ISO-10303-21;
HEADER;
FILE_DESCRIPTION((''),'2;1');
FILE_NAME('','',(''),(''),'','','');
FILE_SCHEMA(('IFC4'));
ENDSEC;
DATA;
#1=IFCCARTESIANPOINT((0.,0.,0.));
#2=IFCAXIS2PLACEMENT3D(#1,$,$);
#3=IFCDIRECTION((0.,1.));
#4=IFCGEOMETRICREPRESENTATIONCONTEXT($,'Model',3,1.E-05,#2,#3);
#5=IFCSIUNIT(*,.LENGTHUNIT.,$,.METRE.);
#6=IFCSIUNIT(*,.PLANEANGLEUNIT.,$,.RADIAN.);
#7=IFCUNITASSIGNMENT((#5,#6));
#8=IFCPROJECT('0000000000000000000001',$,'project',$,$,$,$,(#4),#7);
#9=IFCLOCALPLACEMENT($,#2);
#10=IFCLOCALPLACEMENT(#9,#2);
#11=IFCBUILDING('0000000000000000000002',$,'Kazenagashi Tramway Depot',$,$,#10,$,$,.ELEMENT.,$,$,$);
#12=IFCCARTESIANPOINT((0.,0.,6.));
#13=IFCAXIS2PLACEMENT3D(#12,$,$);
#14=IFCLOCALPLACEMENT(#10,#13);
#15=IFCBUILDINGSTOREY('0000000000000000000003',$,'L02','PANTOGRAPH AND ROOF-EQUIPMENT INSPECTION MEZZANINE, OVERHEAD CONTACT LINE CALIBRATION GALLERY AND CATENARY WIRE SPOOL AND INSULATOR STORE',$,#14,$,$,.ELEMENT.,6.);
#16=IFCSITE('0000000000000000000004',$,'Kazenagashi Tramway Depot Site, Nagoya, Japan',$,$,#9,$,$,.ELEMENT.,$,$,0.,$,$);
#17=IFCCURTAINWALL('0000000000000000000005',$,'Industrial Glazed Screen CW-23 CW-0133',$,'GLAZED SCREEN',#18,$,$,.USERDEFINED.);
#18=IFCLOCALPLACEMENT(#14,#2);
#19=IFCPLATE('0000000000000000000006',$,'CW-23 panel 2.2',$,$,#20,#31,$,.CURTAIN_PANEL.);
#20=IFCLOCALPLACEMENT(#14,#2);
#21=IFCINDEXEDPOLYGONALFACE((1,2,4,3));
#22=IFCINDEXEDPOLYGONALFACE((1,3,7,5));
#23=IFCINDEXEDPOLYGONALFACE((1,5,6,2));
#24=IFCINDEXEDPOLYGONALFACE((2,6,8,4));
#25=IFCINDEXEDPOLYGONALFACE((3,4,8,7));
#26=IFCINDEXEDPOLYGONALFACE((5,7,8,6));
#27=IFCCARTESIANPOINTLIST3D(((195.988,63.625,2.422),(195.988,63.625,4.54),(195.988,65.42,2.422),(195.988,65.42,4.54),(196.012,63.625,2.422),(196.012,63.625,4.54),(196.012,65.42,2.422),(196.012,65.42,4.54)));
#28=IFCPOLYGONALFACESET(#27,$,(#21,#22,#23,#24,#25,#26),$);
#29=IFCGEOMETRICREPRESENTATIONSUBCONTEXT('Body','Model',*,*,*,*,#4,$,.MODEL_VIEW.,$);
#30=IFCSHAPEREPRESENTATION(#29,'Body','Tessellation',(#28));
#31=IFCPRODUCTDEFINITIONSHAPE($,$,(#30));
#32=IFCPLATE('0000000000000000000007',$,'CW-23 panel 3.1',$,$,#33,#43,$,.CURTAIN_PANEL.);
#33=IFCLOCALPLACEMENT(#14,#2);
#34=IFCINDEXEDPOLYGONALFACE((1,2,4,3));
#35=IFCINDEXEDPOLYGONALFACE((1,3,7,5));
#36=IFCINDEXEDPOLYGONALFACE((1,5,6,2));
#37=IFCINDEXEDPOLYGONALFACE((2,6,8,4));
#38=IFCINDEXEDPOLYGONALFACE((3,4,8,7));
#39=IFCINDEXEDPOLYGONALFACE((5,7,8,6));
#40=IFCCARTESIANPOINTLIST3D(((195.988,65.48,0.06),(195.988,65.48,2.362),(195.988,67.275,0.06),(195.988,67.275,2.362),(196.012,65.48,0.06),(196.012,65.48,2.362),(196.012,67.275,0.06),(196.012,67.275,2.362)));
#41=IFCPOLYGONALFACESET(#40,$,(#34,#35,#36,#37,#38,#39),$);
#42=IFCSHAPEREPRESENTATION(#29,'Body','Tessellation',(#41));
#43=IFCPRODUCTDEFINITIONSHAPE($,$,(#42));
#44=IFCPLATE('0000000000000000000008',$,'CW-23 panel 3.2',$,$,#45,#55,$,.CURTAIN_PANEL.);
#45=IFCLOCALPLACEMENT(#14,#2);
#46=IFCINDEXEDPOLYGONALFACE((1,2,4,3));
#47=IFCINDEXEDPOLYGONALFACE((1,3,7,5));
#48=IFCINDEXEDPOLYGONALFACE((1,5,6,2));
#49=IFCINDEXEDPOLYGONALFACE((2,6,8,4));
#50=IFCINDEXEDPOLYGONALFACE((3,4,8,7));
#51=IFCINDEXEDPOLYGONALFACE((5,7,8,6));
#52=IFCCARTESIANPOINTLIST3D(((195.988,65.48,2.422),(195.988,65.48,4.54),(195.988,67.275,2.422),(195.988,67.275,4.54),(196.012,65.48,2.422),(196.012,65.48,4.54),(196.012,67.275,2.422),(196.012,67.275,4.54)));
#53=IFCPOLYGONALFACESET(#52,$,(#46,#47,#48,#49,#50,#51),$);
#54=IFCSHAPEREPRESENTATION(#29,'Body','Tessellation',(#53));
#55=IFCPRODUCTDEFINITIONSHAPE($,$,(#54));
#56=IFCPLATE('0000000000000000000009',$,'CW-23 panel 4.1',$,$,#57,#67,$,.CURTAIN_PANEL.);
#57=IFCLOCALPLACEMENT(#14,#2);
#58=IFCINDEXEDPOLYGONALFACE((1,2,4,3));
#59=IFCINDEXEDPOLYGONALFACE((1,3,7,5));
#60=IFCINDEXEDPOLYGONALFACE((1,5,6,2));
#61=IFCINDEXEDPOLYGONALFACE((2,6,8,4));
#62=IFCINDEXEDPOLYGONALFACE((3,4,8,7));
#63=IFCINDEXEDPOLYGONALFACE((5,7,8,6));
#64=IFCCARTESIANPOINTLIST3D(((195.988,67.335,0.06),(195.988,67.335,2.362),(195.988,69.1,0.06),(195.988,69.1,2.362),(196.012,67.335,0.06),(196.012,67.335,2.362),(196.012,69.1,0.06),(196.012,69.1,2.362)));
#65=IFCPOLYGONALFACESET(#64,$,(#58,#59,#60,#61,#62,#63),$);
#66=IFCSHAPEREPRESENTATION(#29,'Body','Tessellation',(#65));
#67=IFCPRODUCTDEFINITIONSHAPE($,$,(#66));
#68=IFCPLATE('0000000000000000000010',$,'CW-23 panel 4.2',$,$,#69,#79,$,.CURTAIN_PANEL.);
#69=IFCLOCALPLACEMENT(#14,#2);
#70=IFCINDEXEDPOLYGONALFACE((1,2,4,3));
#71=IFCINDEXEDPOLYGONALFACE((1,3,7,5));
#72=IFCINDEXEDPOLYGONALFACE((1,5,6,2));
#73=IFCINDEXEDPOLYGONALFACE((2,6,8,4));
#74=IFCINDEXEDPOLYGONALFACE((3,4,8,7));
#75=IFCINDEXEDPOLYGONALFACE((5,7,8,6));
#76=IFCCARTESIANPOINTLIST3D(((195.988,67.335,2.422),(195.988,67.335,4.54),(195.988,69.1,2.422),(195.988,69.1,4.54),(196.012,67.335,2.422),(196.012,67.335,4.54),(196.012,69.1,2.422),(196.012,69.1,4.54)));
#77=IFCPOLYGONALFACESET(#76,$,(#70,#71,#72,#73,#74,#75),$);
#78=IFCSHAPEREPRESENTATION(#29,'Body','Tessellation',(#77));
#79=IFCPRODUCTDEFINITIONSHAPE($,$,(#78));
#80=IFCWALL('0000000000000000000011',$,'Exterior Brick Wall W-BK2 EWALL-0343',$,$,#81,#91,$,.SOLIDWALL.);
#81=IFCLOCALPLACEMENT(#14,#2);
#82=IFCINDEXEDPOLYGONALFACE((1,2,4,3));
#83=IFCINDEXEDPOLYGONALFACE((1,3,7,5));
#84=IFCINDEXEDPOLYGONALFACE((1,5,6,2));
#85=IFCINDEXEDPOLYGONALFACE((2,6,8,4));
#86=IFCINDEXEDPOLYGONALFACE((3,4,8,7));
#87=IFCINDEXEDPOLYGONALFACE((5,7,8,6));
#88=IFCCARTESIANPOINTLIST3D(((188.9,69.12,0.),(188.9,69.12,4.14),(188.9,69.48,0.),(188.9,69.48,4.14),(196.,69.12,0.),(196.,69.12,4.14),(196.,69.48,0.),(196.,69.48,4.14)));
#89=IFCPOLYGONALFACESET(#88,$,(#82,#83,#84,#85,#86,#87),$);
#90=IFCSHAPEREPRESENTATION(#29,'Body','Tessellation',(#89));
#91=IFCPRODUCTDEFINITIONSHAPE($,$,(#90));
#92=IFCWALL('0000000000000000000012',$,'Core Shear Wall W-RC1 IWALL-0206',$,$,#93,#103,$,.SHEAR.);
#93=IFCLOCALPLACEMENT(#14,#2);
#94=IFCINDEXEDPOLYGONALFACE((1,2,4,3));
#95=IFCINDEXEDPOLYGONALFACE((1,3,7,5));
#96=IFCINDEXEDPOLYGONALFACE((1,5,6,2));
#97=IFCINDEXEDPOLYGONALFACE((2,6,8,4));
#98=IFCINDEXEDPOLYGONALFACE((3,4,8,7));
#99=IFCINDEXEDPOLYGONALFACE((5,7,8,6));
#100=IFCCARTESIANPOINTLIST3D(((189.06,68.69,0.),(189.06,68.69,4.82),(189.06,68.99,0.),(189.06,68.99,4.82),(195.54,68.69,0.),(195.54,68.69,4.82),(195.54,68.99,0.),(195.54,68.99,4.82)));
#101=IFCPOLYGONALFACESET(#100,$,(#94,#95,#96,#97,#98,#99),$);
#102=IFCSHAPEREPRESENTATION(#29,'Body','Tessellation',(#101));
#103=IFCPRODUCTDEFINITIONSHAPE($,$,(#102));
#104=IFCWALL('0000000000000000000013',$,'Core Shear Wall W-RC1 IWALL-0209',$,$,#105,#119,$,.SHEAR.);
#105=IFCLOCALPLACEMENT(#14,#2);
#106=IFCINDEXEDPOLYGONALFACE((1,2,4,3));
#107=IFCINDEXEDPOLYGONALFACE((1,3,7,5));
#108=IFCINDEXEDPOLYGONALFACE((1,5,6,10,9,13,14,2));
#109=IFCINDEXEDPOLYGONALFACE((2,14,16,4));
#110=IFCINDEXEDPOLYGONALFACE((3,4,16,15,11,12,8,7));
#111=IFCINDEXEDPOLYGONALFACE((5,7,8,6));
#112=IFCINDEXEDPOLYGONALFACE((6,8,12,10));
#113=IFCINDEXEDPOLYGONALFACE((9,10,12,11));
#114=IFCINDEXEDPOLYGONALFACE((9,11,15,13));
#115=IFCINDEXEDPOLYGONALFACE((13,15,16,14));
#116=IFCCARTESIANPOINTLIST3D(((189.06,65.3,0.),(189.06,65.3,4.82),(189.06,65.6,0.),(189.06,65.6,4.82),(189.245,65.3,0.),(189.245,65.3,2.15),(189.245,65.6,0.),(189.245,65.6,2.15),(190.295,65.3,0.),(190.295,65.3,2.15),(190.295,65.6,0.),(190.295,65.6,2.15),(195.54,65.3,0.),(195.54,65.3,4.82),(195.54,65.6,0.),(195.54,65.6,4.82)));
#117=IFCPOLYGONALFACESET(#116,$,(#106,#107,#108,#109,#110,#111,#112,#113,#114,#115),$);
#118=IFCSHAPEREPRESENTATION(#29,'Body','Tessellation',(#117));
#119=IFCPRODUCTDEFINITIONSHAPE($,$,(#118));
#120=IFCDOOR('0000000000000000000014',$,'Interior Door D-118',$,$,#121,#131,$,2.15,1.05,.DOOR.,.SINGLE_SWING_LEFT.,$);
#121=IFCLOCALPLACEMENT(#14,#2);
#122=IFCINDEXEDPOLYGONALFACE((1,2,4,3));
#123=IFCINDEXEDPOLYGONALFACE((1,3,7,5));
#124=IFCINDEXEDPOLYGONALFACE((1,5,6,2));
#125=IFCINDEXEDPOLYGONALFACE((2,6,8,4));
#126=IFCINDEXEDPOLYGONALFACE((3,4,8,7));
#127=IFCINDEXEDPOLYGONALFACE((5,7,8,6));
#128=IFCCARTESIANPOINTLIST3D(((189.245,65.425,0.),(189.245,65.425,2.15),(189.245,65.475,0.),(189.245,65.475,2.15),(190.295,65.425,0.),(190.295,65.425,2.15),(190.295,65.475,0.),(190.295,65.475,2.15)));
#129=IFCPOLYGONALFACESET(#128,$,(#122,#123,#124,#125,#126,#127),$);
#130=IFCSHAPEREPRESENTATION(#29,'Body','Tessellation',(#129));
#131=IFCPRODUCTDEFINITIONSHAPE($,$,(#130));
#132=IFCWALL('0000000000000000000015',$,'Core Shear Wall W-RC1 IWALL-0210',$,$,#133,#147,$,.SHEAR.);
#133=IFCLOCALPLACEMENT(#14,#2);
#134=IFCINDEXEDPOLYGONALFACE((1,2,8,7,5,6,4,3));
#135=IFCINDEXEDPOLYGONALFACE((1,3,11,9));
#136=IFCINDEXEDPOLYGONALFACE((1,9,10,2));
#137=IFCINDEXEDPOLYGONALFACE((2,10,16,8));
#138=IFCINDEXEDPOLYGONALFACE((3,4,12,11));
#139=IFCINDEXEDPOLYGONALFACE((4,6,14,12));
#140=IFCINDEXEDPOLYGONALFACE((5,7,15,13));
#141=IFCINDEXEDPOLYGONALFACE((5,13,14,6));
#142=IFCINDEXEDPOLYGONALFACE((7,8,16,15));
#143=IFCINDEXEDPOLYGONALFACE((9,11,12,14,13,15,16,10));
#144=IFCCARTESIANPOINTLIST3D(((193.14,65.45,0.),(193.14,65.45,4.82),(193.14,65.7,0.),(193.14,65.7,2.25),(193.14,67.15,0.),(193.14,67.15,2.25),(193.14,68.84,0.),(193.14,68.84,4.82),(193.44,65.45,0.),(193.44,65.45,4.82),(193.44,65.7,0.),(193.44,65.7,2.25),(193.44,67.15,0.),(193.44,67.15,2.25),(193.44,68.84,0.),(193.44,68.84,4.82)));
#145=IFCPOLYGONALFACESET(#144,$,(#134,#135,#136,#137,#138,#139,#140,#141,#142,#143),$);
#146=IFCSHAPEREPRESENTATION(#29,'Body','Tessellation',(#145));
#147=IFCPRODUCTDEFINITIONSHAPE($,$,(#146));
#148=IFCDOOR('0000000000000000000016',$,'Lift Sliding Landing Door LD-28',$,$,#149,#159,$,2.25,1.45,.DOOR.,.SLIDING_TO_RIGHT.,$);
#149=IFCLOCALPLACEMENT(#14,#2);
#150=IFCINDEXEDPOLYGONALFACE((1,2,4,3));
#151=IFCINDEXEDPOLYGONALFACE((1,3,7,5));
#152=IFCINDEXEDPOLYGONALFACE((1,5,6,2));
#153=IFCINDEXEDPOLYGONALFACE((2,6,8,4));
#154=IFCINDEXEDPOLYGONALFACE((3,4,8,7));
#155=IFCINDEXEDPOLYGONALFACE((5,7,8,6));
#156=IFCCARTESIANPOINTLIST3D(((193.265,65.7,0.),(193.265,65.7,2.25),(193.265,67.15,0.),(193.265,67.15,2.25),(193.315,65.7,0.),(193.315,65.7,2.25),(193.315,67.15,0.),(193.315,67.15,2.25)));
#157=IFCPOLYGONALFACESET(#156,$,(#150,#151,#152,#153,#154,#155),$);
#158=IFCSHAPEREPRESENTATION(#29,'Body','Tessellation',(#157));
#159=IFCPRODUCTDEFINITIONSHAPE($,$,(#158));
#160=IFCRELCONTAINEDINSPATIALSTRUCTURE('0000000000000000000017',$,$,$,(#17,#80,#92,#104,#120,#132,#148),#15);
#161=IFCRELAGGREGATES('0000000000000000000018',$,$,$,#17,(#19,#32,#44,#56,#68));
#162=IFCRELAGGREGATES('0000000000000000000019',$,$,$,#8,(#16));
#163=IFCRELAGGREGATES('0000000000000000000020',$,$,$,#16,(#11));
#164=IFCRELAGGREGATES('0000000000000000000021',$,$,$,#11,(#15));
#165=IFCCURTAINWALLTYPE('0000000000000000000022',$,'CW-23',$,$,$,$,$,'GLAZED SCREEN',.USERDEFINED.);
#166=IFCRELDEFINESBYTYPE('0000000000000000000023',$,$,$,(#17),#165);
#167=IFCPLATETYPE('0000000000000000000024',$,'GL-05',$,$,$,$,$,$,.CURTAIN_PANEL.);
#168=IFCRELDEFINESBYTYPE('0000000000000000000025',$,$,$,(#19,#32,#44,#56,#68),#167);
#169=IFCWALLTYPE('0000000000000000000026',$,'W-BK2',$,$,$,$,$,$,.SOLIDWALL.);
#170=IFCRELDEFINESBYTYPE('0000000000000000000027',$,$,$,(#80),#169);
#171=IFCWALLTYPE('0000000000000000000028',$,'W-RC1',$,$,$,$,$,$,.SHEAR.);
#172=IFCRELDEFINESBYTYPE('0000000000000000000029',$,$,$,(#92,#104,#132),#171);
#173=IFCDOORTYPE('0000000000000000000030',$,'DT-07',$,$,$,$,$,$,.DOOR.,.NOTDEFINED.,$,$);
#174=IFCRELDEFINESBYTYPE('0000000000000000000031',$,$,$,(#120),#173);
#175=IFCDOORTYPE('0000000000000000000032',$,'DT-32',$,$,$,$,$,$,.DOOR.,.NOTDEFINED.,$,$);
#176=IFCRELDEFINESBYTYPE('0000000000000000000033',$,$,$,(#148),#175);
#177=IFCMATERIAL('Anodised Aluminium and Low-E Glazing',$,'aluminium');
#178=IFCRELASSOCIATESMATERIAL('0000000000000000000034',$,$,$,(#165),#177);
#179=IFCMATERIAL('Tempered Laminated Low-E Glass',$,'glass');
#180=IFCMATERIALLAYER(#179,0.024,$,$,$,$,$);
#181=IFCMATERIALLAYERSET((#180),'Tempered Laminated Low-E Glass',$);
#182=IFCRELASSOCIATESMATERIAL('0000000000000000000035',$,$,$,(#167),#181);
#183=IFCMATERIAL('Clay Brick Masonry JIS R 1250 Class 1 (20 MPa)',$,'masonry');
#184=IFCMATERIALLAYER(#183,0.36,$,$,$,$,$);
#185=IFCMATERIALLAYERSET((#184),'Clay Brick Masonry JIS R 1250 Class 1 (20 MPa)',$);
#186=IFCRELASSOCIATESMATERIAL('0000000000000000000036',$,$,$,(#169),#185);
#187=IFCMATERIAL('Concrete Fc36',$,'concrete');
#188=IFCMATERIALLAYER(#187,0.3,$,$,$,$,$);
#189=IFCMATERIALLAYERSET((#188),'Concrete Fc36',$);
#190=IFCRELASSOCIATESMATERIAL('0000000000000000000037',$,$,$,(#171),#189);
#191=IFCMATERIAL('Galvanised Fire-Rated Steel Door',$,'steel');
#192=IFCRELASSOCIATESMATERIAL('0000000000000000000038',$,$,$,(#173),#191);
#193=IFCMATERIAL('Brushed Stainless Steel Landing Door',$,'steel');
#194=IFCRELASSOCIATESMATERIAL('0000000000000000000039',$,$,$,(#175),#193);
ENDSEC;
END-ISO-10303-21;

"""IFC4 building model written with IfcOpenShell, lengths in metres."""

from ifc_helpers import new_model, si_unit, direction, frame, frame_2d, origin, origin_2d, place, context, subcontext, project, spatial, rectangle, extrude, material, layer, layer_set, type_object, element, fill, aggregate, save


model = new_model("IFC4")

# Units and contexts
model_context = context("Model", 3, precision=1e-05, world=origin(), true_north=direction((0.0, 1.0)))
body_context = subcontext(model_context, "Body", "Model", "MODEL_VIEW")
ifc_project = project(units=[si_unit("LENGTHUNIT", "METRE"), si_unit("PLANEANGLEUNIT", "RADIAN")], contexts=[model_context])

# Site, building, storey
site_placement = place(None, origin())
site = spatial("IfcSite", under=ifc_project, at=site_placement, Name="Kazenagashi Tramway Depot Site, Nagoya, Japan", CompositionType="ELEMENT", RefElevation=0.0)
building_placement = place(site_placement, origin())
building = spatial("IfcBuilding", under=site, at=building_placement, Name="Kazenagashi Tramway Depot", CompositionType="ELEMENT")
storey_placement = place(building_placement, frame((0.0, 0.0, 6.0)))
storey = spatial("IfcBuildingStorey", under=building, at=storey_placement, Name="L02", Description="PANTOGRAPH AND ROOF-EQUIPMENT INSPECTION MEZZANINE, OVERHEAD CONTACT LINE CALIBRATION GALLERY AND CATENARY WIRE SPOOL AND INSULATOR STORE", CompositionType="ELEMENT", Elevation=6.0)

# Shared definitions
ifc_material_1 = material(Name="Anodised Aluminium and Low-E Glazing", Category="aluminium")

# Curtain wall
curtain_wall_type_1 = type_object("IfcCurtainWallType", Name="CW-23", ElementType="GLAZED SCREEN", PredefinedType="USERDEFINED", material=ifc_material_1)
curtain_wall_1_placement = place(storey_placement, origin())
curtain_wall_1 = element("IfcCurtainWall", 1, at=curtain_wall_1_placement, inside=storey, type_object=curtain_wall_type_1, Name="Industrial Glazed Screen CW-23 CW-0133", ObjectType="GLAZED SCREEN", PredefinedType="USERDEFINED")

# Plates
ifc_material_2 = material(Name="Tempered Laminated Low-E Glass", Category="glass")
ifc_layer_1 = layer(ifc_material_2, 0.024)
ifc_layer_set_1 = layer_set([ifc_layer_1], Name="Tempered Laminated Low-E Glass")
plate_type = type_object("IfcPlateType", Name="GL-05", PredefinedType="CURTAIN_PANEL", material=ifc_layer_set_1)
plate_1_placement = place(storey_placement, frame((196.0, 64.5225, 2.422), z_axis=(0.0, 0.0, 1.0), x_axis=(0.0, 1.0, 0.0)))
plate_1 = element("IfcPlate", 2, at=plate_1_placement, type_object=plate_type, Name="CW-23 panel 2.2", PredefinedType="CURTAIN_PANEL", context=body_context, shape_type="SweptSolid", body=[
    extrude(rectangle(XDim=1.795, YDim=0.024, at=origin_2d()), origin(), (0.0, 0.0, 1.0), 2.118),
])
plate_2_placement = place(storey_placement, frame((196.0, 66.3775, 0.06), z_axis=(0.0, 0.0, 1.0), x_axis=(0.0, 1.0, 0.0)))
plate_2 = element("IfcPlate", 3, at=plate_2_placement, type_object=plate_type, Name="CW-23 panel 3.1", PredefinedType="CURTAIN_PANEL", context=body_context, shape_type="SweptSolid", body=[
    extrude(rectangle(XDim=1.795, YDim=0.024, at=origin_2d()), origin(), (0.0, 0.0, 1.0), 2.302),
])
plate_3_placement = place(storey_placement, frame((196.0, 66.3775, 2.422), z_axis=(0.0, 0.0, 1.0), x_axis=(0.0, 1.0, 0.0)))
plate_3 = element("IfcPlate", 4, at=plate_3_placement, type_object=plate_type, Name="CW-23 panel 3.2", PredefinedType="CURTAIN_PANEL", context=body_context, shape_type="SweptSolid", body=[
    extrude(rectangle(XDim=1.795, YDim=0.024, at=origin_2d()), origin(), (0.0, 0.0, 1.0), 2.118),
])
plate_4_placement = place(storey_placement, frame((196.0, 68.2175, 0.06), z_axis=(0.0, 0.0, 1.0), x_axis=(0.0, 1.0, 0.0)))
plate_4 = element("IfcPlate", 5, at=plate_4_placement, type_object=plate_type, Name="CW-23 panel 4.1", PredefinedType="CURTAIN_PANEL", context=body_context, shape_type="SweptSolid", body=[
    extrude(rectangle(XDim=1.765, YDim=0.024, at=origin_2d()), origin(), (0.0, 0.0, 1.0), 2.302),
])
plate_5_placement = place(storey_placement, frame((196.0, 68.2175, 2.422), z_axis=(0.0, 0.0, 1.0), x_axis=(0.0, 1.0, 0.0)))
plate_5 = element("IfcPlate", 6, at=plate_5_placement, type_object=plate_type, Name="CW-23 panel 4.2", PredefinedType="CURTAIN_PANEL", context=body_context, shape_type="SweptSolid", body=[
    extrude(rectangle(XDim=1.765, YDim=0.024, at=origin_2d()), origin(), (0.0, 0.0, 1.0), 2.118),
])
aggregate(curtain_wall_1, [plate_1, plate_2, plate_3, plate_4, plate_5])

# Walls
ifc_material_3 = material(Name="Clay Brick Masonry JIS R 1250 Class 1 (20 MPa)", Category="masonry")
ifc_layer_2 = layer(ifc_material_3, 0.36)
ifc_layer_set_2 = layer_set([ifc_layer_2], Name="Clay Brick Masonry JIS R 1250 Class 1 (20 MPa)")
wall_type_1 = type_object("IfcWallType", Name="W-BK2", PredefinedType="SOLIDWALL", material=ifc_layer_set_2)
wall_1_placement = place(storey_placement, frame((188.9, 69.3, 0.0), z_axis=(0.0, 0.0, 1.0), x_axis=(1.0, 0.0, 0.0)))
element("IfcWall", 7, at=wall_1_placement, inside=storey, type_object=wall_type_1, Name="Exterior Brick Wall W-BK2 EWALL-0343", PredefinedType="SOLIDWALL", context=body_context, shape_type="SweptSolid", body=[
    extrude(rectangle(XDim=7.1, YDim=0.36, at=frame_2d((3.55, 0.0))), origin(), (0.0, 0.0, 1.0), 4.14),
])
ifc_material_4 = material(Name="Concrete Fc36", Category="concrete")
ifc_layer_3 = layer(ifc_material_4, 0.3)
ifc_layer_set_3 = layer_set([ifc_layer_3], Name="Concrete Fc36")
wall_type_2 = type_object("IfcWallType", Name="W-RC1", PredefinedType="SHEAR", material=ifc_layer_set_3)
wall_2_placement = place(storey_placement, frame((189.06, 68.84, 0.0), z_axis=(0.0, 0.0, 1.0), x_axis=(1.0, 0.0, 0.0)))
element("IfcWall", 8, at=wall_2_placement, inside=storey, type_object=wall_type_2, Name="Core Shear Wall W-RC1 IWALL-0206", PredefinedType="SHEAR", context=body_context, shape_type="SweptSolid", body=[
    extrude(rectangle(XDim=6.48, YDim=0.3, at=frame_2d((3.24, 0.0))), origin(), (0.0, 0.0, 1.0), 4.82),
])

# Walls, openings, doors
wall_3_placement = place(storey_placement, frame((189.06, 65.45, 0.0), z_axis=(0.0, 0.0, 1.0), x_axis=(1.0, 0.0, 0.0)))
wall_3 = element("IfcWall", 9, at=wall_3_placement, inside=storey, type_object=wall_type_2, Name="Core Shear Wall W-RC1 IWALL-0209", PredefinedType="SHEAR", context=body_context, shape_type="SweptSolid", body=[
    extrude(rectangle(XDim=6.48, YDim=0.3, at=frame_2d((3.24, 0.0))), origin(), (0.0, 0.0, 1.0), 4.82),
])
opening_1_placement = place(wall_3_placement, frame((0.185, 0.0, 0.0)))
opening_1 = element("IfcOpeningElement", 10, at=opening_1_placement, cuts=wall_3, PredefinedType="OPENING", context=body_context, shape_type="SweptSolid", body=[
    extrude(rectangle(XDim=1.05, YDim=2.15, at=frame_2d((0.525, 1.075))), frame((0.0, 0.16, 0.0), z_axis=(0.0, -1.0, 0.0), x_axis=(1.0, 0.0, 0.0)), (0.0, 0.0, 1.0), 0.32),
])
ifc_material_5 = material(Name="Galvanised Fire-Rated Steel Door", Category="steel")
door_type_1 = type_object("IfcDoorType", Name="DT-07", OperationType="NOTDEFINED", PredefinedType="DOOR", material=ifc_material_5)
door_1_placement = place(opening_1_placement, origin())
door_1 = element("IfcDoor", 11, at=door_1_placement, inside=storey, type_object=door_type_1, Name="Interior Door D-118", OperationType="SINGLE_SWING_LEFT", OverallHeight=2.15, OverallWidth=1.05, PredefinedType="DOOR", context=body_context, shape_type="SweptSolid", body=[
    extrude(rectangle(XDim=1.05, YDim=2.15, at=frame_2d((0.525, 1.075))), frame((0.0, 0.025, 0.0), z_axis=(0.0, -1.0, 0.0), x_axis=(1.0, 0.0, 0.0)), (0.0, 0.0, 1.0), 0.05),
])
fill(opening_1, door_1)
wall_4_placement = place(storey_placement, frame((193.29, 65.45, 0.0), z_axis=(0.0, 0.0, 1.0), x_axis=(0.0, 1.0, 0.0)))
wall_4 = element("IfcWall", 12, at=wall_4_placement, inside=storey, type_object=wall_type_2, Name="Core Shear Wall W-RC1 IWALL-0210", PredefinedType="SHEAR", context=body_context, shape_type="SweptSolid", body=[
    extrude(rectangle(XDim=3.39, YDim=0.3, at=frame_2d((1.695, 0.0))), origin(), (0.0, 0.0, 1.0), 4.82),
])
opening_2_placement = place(wall_4_placement, frame((0.25, 0.0, 0.0)))
opening_2 = element("IfcOpeningElement", 13, at=opening_2_placement, cuts=wall_4, PredefinedType="OPENING", context=body_context, shape_type="SweptSolid", body=[
    extrude(rectangle(XDim=1.45, YDim=2.25, at=frame_2d((0.725, 1.125))), frame((0.0, 0.16, 0.0), z_axis=(0.0, -1.0, 0.0), x_axis=(1.0, 0.0, 0.0)), (0.0, 0.0, 1.0), 0.32),
])
ifc_material_6 = material(Name="Brushed Stainless Steel Landing Door", Category="steel")
door_type_2 = type_object("IfcDoorType", Name="DT-32", OperationType="NOTDEFINED", PredefinedType="DOOR", material=ifc_material_6)
door_2_placement = place(opening_2_placement, origin())
door_2 = element("IfcDoor", 14, at=door_2_placement, inside=storey, type_object=door_type_2, Name="Lift Sliding Landing Door LD-28", OperationType="SLIDING_TO_RIGHT", OverallHeight=2.25, OverallWidth=1.45, PredefinedType="DOOR", context=body_context, shape_type="SweptSolid", body=[
    extrude(rectangle(XDim=1.45, YDim=2.25, at=frame_2d((0.725, 1.125))), frame((0.0, 0.025, 0.0), z_axis=(0.0, -1.0, 0.0), x_axis=(1.0, 0.0, 0.0)), (0.0, 0.0, 1.0), 0.05),
])
fill(opening_2, door_2)

save(model, "model.ifc")
